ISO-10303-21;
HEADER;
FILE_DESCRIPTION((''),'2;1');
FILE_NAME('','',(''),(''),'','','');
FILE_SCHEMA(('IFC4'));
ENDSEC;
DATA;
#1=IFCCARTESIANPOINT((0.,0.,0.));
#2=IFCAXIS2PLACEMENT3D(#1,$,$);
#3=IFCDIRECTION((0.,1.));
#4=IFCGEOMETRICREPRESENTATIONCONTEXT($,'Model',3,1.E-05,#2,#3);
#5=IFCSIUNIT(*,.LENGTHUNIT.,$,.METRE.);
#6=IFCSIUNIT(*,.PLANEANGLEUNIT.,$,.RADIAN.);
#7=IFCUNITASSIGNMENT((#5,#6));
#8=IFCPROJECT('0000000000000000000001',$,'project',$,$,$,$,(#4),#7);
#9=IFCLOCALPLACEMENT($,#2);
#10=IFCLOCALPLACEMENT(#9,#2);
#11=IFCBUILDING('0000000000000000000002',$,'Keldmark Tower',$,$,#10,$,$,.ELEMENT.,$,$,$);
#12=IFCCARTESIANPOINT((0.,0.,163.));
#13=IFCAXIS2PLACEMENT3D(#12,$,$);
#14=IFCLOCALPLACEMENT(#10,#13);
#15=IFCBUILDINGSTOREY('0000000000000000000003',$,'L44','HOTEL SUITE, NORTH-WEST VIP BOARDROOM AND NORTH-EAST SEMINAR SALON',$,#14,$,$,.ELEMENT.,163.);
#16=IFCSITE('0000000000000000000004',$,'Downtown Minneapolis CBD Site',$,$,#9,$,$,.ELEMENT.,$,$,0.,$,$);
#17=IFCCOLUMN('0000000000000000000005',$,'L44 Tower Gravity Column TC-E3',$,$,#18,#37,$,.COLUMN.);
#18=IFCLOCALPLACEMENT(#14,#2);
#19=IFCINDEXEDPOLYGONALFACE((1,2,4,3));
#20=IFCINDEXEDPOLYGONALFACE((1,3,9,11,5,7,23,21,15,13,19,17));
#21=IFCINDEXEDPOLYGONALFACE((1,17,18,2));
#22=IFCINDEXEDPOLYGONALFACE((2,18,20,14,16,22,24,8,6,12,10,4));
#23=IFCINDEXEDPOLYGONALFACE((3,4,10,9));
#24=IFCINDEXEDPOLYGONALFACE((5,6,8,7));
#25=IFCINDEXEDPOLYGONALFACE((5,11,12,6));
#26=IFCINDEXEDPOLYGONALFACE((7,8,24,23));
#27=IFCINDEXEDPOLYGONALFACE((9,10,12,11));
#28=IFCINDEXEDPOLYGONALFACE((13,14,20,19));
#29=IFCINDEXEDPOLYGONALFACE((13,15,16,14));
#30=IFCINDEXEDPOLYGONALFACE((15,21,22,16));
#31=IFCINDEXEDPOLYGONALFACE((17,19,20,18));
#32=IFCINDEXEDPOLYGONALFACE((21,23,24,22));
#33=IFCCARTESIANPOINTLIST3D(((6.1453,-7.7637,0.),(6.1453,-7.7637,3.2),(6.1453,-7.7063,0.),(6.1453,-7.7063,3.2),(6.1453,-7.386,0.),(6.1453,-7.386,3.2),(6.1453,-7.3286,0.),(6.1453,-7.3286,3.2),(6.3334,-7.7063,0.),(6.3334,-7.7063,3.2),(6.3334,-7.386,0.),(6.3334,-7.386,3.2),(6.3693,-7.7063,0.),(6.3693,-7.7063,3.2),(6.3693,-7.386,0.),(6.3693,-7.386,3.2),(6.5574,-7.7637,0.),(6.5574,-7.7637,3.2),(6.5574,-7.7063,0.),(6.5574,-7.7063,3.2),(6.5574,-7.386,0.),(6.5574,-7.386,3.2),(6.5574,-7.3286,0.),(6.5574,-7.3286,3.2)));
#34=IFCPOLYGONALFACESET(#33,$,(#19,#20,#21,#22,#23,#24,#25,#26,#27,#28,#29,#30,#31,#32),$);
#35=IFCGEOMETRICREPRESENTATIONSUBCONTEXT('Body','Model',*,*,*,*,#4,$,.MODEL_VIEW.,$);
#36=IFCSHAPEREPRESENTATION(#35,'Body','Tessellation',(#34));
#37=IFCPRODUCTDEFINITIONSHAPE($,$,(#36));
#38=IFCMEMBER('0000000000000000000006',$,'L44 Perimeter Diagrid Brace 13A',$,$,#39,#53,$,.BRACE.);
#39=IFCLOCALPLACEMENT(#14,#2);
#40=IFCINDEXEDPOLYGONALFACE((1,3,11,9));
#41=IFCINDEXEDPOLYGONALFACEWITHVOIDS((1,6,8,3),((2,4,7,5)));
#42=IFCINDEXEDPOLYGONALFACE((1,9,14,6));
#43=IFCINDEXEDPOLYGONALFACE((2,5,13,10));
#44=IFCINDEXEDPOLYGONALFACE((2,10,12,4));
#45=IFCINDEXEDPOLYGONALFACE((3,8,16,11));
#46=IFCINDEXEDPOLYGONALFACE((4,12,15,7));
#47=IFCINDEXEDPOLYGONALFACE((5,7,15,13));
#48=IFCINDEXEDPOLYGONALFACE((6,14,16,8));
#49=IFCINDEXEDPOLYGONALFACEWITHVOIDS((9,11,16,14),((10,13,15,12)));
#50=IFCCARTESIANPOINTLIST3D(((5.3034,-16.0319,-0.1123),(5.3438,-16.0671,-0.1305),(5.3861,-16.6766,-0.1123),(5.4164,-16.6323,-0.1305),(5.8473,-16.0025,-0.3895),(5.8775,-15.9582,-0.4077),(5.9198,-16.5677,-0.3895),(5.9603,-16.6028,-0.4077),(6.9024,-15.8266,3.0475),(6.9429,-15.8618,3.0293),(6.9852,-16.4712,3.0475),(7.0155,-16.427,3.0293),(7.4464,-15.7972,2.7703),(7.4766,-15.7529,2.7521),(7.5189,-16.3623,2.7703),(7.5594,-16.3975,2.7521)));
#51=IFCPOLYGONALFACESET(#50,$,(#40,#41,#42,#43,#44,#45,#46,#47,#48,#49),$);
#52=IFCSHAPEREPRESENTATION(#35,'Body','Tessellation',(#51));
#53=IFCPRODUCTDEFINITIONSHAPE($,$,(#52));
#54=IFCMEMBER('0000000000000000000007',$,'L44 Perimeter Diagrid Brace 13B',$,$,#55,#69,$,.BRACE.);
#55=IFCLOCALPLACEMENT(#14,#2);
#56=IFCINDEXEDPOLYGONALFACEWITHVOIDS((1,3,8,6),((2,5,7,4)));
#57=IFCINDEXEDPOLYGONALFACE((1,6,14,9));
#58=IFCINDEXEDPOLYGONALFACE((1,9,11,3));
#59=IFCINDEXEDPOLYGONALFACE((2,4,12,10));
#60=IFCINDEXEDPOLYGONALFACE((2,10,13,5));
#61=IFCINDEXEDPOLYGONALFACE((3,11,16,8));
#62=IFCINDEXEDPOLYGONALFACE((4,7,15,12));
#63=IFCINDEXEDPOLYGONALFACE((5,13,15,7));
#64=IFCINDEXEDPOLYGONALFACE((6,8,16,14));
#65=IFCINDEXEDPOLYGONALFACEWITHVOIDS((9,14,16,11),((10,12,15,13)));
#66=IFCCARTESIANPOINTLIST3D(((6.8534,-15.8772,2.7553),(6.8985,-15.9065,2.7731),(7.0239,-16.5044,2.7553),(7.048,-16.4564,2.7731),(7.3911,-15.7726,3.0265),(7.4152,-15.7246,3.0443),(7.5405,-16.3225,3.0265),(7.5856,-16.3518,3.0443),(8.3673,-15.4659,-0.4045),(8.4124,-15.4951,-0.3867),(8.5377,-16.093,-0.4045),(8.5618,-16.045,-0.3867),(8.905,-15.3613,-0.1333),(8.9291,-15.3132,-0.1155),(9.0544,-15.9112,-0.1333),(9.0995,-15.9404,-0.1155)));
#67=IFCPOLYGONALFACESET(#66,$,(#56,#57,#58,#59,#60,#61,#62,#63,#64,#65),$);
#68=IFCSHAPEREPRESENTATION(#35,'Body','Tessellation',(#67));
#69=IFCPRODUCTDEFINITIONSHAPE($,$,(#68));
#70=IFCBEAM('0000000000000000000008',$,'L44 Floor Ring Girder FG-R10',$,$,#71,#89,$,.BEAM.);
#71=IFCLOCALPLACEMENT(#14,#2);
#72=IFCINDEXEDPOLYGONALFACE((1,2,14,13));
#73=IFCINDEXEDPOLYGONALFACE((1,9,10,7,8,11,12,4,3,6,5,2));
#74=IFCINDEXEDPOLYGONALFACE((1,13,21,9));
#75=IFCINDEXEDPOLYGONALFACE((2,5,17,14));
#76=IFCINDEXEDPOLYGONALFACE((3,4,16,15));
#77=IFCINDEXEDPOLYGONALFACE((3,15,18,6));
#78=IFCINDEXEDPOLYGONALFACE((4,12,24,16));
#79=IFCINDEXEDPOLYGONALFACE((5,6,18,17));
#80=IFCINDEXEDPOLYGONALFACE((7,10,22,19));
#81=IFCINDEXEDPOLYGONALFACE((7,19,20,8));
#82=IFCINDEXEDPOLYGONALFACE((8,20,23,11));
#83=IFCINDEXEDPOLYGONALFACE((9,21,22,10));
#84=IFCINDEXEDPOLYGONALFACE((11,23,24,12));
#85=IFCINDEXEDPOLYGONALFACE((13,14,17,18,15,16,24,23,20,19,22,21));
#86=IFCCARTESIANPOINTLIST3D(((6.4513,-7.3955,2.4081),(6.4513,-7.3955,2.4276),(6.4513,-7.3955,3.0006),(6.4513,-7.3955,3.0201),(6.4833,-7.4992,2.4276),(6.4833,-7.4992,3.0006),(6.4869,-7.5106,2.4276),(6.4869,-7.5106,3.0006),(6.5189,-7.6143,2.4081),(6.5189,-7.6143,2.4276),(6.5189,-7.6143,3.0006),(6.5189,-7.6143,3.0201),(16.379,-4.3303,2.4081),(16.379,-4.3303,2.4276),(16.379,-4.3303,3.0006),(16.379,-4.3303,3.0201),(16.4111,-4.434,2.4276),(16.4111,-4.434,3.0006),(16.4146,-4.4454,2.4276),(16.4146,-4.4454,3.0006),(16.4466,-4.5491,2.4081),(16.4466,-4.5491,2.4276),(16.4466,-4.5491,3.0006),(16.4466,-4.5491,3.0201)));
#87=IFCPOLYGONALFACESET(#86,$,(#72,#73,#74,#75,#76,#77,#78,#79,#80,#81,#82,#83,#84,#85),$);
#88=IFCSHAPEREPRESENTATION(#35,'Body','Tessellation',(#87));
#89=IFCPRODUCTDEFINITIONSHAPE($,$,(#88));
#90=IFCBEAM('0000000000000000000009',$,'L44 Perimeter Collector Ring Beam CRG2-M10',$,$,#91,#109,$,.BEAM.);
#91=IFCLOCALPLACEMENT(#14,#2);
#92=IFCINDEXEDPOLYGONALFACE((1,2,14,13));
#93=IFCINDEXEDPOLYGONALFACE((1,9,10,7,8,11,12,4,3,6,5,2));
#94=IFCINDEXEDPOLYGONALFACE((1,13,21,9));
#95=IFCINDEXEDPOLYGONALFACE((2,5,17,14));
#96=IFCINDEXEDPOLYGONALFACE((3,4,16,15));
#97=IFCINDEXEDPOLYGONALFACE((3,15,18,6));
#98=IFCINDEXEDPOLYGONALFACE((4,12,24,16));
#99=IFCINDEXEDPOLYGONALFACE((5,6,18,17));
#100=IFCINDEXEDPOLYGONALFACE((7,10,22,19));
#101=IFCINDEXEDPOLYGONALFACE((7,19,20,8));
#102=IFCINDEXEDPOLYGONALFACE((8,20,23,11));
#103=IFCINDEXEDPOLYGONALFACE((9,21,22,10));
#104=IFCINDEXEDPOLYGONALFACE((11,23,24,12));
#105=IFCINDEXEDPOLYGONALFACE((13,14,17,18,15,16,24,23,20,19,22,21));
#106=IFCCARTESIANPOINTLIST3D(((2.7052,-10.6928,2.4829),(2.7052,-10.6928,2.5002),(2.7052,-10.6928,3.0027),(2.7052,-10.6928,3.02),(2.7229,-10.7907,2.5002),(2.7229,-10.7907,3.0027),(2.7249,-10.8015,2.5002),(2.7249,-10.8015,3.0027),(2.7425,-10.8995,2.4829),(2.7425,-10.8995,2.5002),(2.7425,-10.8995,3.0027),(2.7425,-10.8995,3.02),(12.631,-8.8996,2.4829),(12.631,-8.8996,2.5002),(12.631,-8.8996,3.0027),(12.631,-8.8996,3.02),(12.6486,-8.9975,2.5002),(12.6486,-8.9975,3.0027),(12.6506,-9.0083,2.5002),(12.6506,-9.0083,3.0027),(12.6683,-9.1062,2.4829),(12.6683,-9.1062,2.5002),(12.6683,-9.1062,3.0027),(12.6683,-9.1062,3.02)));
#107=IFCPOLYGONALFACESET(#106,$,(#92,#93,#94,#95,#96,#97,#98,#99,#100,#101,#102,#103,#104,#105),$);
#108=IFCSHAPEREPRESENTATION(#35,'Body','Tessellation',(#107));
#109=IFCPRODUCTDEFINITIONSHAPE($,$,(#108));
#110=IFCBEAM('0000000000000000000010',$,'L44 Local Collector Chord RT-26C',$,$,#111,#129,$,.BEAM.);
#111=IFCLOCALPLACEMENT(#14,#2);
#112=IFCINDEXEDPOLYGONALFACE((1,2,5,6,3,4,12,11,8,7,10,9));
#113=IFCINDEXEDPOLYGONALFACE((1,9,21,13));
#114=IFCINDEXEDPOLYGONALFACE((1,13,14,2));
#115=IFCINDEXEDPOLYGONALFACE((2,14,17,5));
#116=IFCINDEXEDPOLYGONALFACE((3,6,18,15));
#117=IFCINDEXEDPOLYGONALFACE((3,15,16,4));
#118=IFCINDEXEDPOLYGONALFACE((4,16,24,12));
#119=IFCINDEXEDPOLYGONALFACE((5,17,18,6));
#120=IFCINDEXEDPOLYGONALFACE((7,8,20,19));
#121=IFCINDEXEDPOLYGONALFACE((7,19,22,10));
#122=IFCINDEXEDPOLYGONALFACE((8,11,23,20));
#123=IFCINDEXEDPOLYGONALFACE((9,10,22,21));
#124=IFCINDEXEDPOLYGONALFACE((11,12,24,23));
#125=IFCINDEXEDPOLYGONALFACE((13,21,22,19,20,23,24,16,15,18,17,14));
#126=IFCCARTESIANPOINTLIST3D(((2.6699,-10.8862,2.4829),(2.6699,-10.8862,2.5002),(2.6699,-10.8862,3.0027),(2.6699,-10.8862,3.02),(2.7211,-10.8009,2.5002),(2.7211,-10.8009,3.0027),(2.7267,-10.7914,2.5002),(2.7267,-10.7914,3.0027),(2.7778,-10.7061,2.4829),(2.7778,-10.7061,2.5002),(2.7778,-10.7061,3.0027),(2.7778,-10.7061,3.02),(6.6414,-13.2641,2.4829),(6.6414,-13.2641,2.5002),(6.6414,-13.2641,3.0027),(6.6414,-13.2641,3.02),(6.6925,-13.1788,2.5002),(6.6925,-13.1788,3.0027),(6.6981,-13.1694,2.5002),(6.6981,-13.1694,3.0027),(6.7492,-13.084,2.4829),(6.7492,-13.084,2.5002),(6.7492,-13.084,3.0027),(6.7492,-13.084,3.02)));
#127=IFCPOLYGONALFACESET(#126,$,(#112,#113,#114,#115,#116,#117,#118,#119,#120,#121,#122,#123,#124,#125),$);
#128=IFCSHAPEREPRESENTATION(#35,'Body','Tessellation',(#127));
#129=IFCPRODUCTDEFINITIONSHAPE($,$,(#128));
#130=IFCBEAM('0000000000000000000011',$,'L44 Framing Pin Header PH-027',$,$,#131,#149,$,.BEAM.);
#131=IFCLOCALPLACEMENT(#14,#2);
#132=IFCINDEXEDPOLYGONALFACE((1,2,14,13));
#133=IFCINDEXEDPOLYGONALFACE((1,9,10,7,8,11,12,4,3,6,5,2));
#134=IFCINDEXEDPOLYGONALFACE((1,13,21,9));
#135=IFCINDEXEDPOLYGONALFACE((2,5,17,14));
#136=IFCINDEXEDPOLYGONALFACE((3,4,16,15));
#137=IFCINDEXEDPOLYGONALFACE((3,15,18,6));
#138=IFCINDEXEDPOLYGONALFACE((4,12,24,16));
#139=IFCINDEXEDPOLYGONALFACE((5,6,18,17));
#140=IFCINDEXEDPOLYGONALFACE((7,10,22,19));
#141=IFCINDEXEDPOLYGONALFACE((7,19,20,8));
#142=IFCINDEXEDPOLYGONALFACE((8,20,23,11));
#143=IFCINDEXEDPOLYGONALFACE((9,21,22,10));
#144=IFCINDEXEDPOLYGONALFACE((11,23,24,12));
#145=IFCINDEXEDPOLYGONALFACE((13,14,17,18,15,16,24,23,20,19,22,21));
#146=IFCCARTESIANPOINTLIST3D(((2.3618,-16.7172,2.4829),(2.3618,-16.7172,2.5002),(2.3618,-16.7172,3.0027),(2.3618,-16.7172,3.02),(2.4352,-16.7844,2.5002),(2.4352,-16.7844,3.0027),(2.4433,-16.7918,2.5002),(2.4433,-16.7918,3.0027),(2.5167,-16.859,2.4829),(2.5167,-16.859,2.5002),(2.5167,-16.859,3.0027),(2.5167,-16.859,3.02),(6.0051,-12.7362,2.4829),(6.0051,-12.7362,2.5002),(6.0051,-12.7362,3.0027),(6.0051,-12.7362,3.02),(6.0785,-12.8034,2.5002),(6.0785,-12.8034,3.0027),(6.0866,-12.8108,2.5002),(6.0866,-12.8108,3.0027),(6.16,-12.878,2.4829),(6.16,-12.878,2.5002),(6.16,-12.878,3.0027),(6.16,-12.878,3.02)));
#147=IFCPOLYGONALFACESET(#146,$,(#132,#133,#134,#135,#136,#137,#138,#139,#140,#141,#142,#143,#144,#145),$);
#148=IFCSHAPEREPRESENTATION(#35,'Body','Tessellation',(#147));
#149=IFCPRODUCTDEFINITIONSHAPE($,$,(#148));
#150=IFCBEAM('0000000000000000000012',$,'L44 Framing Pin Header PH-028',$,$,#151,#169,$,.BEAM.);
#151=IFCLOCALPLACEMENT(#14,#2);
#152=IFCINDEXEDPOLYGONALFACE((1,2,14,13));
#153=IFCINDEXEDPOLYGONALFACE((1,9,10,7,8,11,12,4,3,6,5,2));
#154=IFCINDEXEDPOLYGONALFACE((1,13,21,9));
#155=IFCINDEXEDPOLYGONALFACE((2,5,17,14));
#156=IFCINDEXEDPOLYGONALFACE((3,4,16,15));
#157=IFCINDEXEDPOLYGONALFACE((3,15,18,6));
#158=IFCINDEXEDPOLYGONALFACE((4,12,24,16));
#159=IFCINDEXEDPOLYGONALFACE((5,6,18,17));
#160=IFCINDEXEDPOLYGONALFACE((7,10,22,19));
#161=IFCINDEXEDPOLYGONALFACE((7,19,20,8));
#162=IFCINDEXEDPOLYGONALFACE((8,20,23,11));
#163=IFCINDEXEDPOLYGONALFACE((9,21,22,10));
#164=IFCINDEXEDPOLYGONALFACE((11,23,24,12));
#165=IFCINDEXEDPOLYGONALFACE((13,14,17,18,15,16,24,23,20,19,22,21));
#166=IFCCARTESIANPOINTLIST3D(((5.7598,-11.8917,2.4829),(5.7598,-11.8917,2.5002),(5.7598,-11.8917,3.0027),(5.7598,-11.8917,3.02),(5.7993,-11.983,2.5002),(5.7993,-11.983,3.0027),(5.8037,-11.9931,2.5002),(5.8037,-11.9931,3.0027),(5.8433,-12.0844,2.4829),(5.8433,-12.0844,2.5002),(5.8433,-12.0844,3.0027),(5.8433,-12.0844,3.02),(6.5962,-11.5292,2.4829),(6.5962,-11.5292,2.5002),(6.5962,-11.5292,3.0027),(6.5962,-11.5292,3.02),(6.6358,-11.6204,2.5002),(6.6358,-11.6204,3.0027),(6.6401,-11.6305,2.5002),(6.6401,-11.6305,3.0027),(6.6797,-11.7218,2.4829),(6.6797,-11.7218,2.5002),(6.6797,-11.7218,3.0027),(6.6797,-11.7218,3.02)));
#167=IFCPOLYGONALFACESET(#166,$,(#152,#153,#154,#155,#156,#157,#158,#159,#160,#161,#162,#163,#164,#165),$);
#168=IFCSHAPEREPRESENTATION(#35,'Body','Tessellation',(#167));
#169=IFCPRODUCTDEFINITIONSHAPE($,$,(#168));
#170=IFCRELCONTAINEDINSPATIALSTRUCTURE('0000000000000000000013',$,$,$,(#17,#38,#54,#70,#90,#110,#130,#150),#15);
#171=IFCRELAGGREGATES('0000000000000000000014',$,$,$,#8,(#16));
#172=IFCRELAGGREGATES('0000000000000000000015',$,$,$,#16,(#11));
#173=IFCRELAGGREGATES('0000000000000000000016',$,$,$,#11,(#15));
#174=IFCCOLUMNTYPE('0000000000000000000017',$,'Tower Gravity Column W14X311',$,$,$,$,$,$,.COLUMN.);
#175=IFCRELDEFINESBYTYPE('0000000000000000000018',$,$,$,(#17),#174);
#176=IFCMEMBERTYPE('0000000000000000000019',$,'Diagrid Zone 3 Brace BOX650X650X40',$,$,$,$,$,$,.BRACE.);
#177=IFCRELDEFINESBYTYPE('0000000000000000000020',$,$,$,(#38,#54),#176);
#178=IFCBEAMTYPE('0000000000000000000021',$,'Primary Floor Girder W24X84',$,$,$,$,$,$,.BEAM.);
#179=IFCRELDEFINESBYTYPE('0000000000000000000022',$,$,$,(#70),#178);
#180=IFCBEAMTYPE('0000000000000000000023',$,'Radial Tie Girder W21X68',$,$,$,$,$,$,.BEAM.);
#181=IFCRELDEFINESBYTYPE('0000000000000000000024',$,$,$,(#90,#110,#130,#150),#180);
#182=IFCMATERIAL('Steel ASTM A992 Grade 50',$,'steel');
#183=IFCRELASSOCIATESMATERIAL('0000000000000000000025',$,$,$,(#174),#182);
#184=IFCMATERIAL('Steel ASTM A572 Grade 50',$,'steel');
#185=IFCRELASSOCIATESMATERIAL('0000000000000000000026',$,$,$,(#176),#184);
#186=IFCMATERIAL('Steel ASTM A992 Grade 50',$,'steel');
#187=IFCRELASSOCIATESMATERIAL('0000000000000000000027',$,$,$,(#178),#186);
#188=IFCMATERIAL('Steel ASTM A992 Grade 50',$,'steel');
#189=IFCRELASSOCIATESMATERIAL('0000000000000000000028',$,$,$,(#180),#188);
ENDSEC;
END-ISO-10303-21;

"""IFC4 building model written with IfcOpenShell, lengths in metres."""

from ifc_helpers import new_model, si_unit, direction, frame, origin, origin_2d, place, context, subcontext, project, spatial, hollow_rectangle, i_section, extrude, material, material_profile, profile_set, type_object, element, save


model = new_model("IFC4")

# Units and contexts
model_context = context("Model", 3, precision=1e-05, world=origin(), true_north=direction((0.0, 1.0)))
body_context = subcontext(model_context, "Body", "Model", "MODEL_VIEW")
ifc_project = project(units=[si_unit("LENGTHUNIT", "METRE"), si_unit("PLANEANGLEUNIT", "RADIAN")], contexts=[model_context])

# Site, building, storey
site_placement = place(None, origin())
site = spatial("IfcSite", under=ifc_project, at=site_placement, Name="Downtown Minneapolis CBD Site", CompositionType="ELEMENT", RefElevation=0.0)
building_placement = place(site_placement, origin())
building = spatial("IfcBuilding", under=site, at=building_placement, Name="Keldmark Tower", CompositionType="ELEMENT")
storey_placement = place(building_placement, frame((0.0, 0.0, 163.0)))
storey = spatial("IfcBuildingStorey", under=building, at=storey_placement, Name="L44", Description="HOTEL SUITE, NORTH-WEST VIP BOARDROOM AND NORTH-EAST SEMINAR SALON", CompositionType="ELEMENT", Elevation=163.0)

# Column
ifc_material_1 = material(Name="Steel ASTM A992 Grade 50", Category="steel")
ifc_material_profile_1 = material_profile(ifc_material_1, i_section(OverallWidth=0.4121, OverallDepth=0.4351, WebThickness=0.0359, FlangeThickness=0.0574, at=origin_2d()), Name="W14X311")
ifc_profile_set_1 = profile_set([ifc_material_profile_1], Name="Steel ASTM A992 Grade 50")
column_type = type_object("IfcColumnType", Name="Tower Gravity Column W14X311", PredefinedType="COLUMN", material=ifc_profile_set_1)
column_placement = place(storey_placement, frame((6.3513, -7.5461, 0.0), z_axis=(0.0, 0.0, 1.0), x_axis=(1.0, 0.0, 0.0)))
element("IfcColumn", 1, at=column_placement, inside=storey, type_object=column_type, Name="L44 Tower Gravity Column TC-E3", PredefinedType="COLUMN", context=body_context, shape_type="SweptSolid", body=[
    extrude(i_section(OverallWidth=0.4121, OverallDepth=0.4351, WebThickness=0.0359, FlangeThickness=0.0574, at=origin_2d()), origin(), (0.0, 0.0, 1.0), 3.2),
])

# Members
ifc_material_2 = material(Name="Steel ASTM A572 Grade 50", Category="steel")
ifc_material_profile_2 = material_profile(ifc_material_2, hollow_rectangle(XDim=0.6499, YDim=0.6499, WallThickness=0.04, at=origin_2d()), Name="BOX650X650X40")
ifc_profile_set_2 = profile_set([ifc_material_profile_2], Name="Steel ASTM A572 Grade 50")
member_type = type_object("IfcMemberType", Name="Diagrid Zone 3 Brace BOX650X650X40", PredefinedType="BRACE", material=ifc_profile_set_2)
member_1_placement = place(storey_placement, frame((5.6318, -16.3174, -0.26), z_axis=(0.450781, 0.057879, 0.890756), x_axis=(-0.127351, 0.991858, 0.0)))
element("IfcMember", 2, at=member_1_placement, inside=storey, type_object=member_type, Name="L44 Perimeter Diagrid Brace 13A", PredefinedType="BRACE", context=body_context, shape_type="SweptSolid", body=[
    extrude(hollow_rectangle(XDim=0.6499, YDim=0.6499, WallThickness=0.04, at=origin_2d()), origin(), (0.0, 0.0, 1.0), 3.5474),
])
member_2_placement = place(storey_placement, frame((8.7334, -15.7031, -0.26), z_axis=(-0.429124, -0.116606, 0.895687), x_axis=(0.262222, -0.965008, 0.0)))
element("IfcMember", 3, at=member_2_placement, inside=storey, type_object=member_type, Name="L44 Perimeter Diagrid Brace 13B", PredefinedType="BRACE", context=body_context, shape_type="SweptSolid", body=[
    extrude(hollow_rectangle(XDim=0.6499, YDim=0.6499, WallThickness=0.04, at=origin_2d()), origin(), (0.0, 0.0, 1.0), 3.5278),
])

# Beams
ifc_material_3 = material(Name="Steel ASTM A992 Grade 50", Category="steel")
ifc_material_profile_3 = material_profile(ifc_material_3, i_section(OverallWidth=0.229, OverallDepth=0.6121, WebThickness=0.012, FlangeThickness=0.0195, at=origin_2d()), Name="W24X84")
ifc_profile_set_3 = profile_set([ifc_material_profile_3], Name="Steel ASTM A992 Grade 50")
beam_type_1 = type_object("IfcBeamType", Name="Primary Floor Girder W24X84", PredefinedType="BEAM", material=ifc_profile_set_3)
beam_1_placement = place(storey_placement, frame((6.4851, -7.5049, 2.7141), z_axis=(0.955495, 0.295009, 0.0), x_axis=(-0.295009, 0.955495, 0.0)))
element("IfcBeam", 4, at=beam_1_placement, inside=storey, type_object=beam_type_1, Name="L44 Floor Ring Girder FG-R10", PredefinedType="BEAM", context=body_context, shape_type="SweptSolid", body=[
    extrude(i_section(OverallWidth=0.229, OverallDepth=0.6121, WebThickness=0.012, FlangeThickness=0.0195, at=origin_2d()), origin(), (0.0, 0.0, 1.0), 10.3901),
])
ifc_material_4 = material(Name="Steel ASTM A992 Grade 50", Category="steel")
ifc_material_profile_4 = material_profile(ifc_material_4, i_section(OverallWidth=0.21, OverallDepth=0.5371, WebThickness=0.011, FlangeThickness=0.0173, at=origin_2d()), Name="W21X68")
ifc_profile_set_4 = profile_set([ifc_material_profile_4], Name="Steel ASTM A992 Grade 50")
beam_type_2 = type_object("IfcBeamType", Name="Radial Tie Girder W21X68", PredefinedType="BEAM", material=ifc_profile_set_4)
beam_2_placement = place(storey_placement, frame((2.7239, -10.7961, 2.7515), z_axis=(0.98407, 0.177784, 0.0), x_axis=(-0.177784, 0.98407, 0.0)))
element("IfcBeam", 5, at=beam_2_placement, inside=storey, type_object=beam_type_2, Name="L44 Perimeter Collector Ring Beam CRG2-M10", PredefinedType="BEAM", context=body_context, shape_type="SweptSolid", body=[
    extrude(i_section(OverallWidth=0.21, OverallDepth=0.5371, WebThickness=0.011, FlangeThickness=0.0173, at=origin_2d()), origin(), (0.0, 0.0, 1.0), 10.0864),
])
beam_3_placement = place(storey_placement, frame((2.7239, -10.7961, 2.7515), z_axis=(0.857963, -0.513712, 0.0), x_axis=(0.513712, 0.857963, 0.0)))
element("IfcBeam", 6, at=beam_3_placement, inside=storey, type_object=beam_type_2, Name="L44 Local Collector Chord RT-26C", PredefinedType="BEAM", context=body_context, shape_type="SweptSolid", body=[
    extrude(i_section(OverallWidth=0.21, OverallDepth=0.5371, WebThickness=0.011, FlangeThickness=0.0173, at=origin_2d()), origin(), (0.0, 0.0, 1.0), 4.6289),
])
beam_4_placement = place(storey_placement, frame((2.4392, -16.7881, 2.7515), z_axis=(0.67513, 0.737698, 0.0), x_axis=(-0.737698, 0.67513, 0.0)))
element("IfcBeam", 7, at=beam_4_placement, inside=storey, type_object=beam_type_2, Name="L44 Framing Pin Header PH-027", PredefinedType="BEAM", context=body_context, shape_type="SweptSolid", body=[
    extrude(i_section(OverallWidth=0.21, OverallDepth=0.5371, WebThickness=0.011, FlangeThickness=0.0173, at=origin_2d()), origin(), (0.0, 0.0, 1.0), 5.3965),
])
beam_5_placement = place(storey_placement, frame((5.8015, -11.988, 2.7515), z_axis=(0.917517, 0.397698, 0.0), x_axis=(-0.397698, 0.917517, 0.0)))
element("IfcBeam", 8, at=beam_5_placement, inside=storey, type_object=beam_type_2, Name="L44 Framing Pin Header PH-028", PredefinedType="BEAM", context=body_context, shape_type="SweptSolid", body=[
    extrude(i_section(OverallWidth=0.21, OverallDepth=0.5371, WebThickness=0.011, FlangeThickness=0.0173, at=origin_2d()), origin(), (0.0, 0.0, 1.0), 0.9116),
])

save(model, "model.ifc")
